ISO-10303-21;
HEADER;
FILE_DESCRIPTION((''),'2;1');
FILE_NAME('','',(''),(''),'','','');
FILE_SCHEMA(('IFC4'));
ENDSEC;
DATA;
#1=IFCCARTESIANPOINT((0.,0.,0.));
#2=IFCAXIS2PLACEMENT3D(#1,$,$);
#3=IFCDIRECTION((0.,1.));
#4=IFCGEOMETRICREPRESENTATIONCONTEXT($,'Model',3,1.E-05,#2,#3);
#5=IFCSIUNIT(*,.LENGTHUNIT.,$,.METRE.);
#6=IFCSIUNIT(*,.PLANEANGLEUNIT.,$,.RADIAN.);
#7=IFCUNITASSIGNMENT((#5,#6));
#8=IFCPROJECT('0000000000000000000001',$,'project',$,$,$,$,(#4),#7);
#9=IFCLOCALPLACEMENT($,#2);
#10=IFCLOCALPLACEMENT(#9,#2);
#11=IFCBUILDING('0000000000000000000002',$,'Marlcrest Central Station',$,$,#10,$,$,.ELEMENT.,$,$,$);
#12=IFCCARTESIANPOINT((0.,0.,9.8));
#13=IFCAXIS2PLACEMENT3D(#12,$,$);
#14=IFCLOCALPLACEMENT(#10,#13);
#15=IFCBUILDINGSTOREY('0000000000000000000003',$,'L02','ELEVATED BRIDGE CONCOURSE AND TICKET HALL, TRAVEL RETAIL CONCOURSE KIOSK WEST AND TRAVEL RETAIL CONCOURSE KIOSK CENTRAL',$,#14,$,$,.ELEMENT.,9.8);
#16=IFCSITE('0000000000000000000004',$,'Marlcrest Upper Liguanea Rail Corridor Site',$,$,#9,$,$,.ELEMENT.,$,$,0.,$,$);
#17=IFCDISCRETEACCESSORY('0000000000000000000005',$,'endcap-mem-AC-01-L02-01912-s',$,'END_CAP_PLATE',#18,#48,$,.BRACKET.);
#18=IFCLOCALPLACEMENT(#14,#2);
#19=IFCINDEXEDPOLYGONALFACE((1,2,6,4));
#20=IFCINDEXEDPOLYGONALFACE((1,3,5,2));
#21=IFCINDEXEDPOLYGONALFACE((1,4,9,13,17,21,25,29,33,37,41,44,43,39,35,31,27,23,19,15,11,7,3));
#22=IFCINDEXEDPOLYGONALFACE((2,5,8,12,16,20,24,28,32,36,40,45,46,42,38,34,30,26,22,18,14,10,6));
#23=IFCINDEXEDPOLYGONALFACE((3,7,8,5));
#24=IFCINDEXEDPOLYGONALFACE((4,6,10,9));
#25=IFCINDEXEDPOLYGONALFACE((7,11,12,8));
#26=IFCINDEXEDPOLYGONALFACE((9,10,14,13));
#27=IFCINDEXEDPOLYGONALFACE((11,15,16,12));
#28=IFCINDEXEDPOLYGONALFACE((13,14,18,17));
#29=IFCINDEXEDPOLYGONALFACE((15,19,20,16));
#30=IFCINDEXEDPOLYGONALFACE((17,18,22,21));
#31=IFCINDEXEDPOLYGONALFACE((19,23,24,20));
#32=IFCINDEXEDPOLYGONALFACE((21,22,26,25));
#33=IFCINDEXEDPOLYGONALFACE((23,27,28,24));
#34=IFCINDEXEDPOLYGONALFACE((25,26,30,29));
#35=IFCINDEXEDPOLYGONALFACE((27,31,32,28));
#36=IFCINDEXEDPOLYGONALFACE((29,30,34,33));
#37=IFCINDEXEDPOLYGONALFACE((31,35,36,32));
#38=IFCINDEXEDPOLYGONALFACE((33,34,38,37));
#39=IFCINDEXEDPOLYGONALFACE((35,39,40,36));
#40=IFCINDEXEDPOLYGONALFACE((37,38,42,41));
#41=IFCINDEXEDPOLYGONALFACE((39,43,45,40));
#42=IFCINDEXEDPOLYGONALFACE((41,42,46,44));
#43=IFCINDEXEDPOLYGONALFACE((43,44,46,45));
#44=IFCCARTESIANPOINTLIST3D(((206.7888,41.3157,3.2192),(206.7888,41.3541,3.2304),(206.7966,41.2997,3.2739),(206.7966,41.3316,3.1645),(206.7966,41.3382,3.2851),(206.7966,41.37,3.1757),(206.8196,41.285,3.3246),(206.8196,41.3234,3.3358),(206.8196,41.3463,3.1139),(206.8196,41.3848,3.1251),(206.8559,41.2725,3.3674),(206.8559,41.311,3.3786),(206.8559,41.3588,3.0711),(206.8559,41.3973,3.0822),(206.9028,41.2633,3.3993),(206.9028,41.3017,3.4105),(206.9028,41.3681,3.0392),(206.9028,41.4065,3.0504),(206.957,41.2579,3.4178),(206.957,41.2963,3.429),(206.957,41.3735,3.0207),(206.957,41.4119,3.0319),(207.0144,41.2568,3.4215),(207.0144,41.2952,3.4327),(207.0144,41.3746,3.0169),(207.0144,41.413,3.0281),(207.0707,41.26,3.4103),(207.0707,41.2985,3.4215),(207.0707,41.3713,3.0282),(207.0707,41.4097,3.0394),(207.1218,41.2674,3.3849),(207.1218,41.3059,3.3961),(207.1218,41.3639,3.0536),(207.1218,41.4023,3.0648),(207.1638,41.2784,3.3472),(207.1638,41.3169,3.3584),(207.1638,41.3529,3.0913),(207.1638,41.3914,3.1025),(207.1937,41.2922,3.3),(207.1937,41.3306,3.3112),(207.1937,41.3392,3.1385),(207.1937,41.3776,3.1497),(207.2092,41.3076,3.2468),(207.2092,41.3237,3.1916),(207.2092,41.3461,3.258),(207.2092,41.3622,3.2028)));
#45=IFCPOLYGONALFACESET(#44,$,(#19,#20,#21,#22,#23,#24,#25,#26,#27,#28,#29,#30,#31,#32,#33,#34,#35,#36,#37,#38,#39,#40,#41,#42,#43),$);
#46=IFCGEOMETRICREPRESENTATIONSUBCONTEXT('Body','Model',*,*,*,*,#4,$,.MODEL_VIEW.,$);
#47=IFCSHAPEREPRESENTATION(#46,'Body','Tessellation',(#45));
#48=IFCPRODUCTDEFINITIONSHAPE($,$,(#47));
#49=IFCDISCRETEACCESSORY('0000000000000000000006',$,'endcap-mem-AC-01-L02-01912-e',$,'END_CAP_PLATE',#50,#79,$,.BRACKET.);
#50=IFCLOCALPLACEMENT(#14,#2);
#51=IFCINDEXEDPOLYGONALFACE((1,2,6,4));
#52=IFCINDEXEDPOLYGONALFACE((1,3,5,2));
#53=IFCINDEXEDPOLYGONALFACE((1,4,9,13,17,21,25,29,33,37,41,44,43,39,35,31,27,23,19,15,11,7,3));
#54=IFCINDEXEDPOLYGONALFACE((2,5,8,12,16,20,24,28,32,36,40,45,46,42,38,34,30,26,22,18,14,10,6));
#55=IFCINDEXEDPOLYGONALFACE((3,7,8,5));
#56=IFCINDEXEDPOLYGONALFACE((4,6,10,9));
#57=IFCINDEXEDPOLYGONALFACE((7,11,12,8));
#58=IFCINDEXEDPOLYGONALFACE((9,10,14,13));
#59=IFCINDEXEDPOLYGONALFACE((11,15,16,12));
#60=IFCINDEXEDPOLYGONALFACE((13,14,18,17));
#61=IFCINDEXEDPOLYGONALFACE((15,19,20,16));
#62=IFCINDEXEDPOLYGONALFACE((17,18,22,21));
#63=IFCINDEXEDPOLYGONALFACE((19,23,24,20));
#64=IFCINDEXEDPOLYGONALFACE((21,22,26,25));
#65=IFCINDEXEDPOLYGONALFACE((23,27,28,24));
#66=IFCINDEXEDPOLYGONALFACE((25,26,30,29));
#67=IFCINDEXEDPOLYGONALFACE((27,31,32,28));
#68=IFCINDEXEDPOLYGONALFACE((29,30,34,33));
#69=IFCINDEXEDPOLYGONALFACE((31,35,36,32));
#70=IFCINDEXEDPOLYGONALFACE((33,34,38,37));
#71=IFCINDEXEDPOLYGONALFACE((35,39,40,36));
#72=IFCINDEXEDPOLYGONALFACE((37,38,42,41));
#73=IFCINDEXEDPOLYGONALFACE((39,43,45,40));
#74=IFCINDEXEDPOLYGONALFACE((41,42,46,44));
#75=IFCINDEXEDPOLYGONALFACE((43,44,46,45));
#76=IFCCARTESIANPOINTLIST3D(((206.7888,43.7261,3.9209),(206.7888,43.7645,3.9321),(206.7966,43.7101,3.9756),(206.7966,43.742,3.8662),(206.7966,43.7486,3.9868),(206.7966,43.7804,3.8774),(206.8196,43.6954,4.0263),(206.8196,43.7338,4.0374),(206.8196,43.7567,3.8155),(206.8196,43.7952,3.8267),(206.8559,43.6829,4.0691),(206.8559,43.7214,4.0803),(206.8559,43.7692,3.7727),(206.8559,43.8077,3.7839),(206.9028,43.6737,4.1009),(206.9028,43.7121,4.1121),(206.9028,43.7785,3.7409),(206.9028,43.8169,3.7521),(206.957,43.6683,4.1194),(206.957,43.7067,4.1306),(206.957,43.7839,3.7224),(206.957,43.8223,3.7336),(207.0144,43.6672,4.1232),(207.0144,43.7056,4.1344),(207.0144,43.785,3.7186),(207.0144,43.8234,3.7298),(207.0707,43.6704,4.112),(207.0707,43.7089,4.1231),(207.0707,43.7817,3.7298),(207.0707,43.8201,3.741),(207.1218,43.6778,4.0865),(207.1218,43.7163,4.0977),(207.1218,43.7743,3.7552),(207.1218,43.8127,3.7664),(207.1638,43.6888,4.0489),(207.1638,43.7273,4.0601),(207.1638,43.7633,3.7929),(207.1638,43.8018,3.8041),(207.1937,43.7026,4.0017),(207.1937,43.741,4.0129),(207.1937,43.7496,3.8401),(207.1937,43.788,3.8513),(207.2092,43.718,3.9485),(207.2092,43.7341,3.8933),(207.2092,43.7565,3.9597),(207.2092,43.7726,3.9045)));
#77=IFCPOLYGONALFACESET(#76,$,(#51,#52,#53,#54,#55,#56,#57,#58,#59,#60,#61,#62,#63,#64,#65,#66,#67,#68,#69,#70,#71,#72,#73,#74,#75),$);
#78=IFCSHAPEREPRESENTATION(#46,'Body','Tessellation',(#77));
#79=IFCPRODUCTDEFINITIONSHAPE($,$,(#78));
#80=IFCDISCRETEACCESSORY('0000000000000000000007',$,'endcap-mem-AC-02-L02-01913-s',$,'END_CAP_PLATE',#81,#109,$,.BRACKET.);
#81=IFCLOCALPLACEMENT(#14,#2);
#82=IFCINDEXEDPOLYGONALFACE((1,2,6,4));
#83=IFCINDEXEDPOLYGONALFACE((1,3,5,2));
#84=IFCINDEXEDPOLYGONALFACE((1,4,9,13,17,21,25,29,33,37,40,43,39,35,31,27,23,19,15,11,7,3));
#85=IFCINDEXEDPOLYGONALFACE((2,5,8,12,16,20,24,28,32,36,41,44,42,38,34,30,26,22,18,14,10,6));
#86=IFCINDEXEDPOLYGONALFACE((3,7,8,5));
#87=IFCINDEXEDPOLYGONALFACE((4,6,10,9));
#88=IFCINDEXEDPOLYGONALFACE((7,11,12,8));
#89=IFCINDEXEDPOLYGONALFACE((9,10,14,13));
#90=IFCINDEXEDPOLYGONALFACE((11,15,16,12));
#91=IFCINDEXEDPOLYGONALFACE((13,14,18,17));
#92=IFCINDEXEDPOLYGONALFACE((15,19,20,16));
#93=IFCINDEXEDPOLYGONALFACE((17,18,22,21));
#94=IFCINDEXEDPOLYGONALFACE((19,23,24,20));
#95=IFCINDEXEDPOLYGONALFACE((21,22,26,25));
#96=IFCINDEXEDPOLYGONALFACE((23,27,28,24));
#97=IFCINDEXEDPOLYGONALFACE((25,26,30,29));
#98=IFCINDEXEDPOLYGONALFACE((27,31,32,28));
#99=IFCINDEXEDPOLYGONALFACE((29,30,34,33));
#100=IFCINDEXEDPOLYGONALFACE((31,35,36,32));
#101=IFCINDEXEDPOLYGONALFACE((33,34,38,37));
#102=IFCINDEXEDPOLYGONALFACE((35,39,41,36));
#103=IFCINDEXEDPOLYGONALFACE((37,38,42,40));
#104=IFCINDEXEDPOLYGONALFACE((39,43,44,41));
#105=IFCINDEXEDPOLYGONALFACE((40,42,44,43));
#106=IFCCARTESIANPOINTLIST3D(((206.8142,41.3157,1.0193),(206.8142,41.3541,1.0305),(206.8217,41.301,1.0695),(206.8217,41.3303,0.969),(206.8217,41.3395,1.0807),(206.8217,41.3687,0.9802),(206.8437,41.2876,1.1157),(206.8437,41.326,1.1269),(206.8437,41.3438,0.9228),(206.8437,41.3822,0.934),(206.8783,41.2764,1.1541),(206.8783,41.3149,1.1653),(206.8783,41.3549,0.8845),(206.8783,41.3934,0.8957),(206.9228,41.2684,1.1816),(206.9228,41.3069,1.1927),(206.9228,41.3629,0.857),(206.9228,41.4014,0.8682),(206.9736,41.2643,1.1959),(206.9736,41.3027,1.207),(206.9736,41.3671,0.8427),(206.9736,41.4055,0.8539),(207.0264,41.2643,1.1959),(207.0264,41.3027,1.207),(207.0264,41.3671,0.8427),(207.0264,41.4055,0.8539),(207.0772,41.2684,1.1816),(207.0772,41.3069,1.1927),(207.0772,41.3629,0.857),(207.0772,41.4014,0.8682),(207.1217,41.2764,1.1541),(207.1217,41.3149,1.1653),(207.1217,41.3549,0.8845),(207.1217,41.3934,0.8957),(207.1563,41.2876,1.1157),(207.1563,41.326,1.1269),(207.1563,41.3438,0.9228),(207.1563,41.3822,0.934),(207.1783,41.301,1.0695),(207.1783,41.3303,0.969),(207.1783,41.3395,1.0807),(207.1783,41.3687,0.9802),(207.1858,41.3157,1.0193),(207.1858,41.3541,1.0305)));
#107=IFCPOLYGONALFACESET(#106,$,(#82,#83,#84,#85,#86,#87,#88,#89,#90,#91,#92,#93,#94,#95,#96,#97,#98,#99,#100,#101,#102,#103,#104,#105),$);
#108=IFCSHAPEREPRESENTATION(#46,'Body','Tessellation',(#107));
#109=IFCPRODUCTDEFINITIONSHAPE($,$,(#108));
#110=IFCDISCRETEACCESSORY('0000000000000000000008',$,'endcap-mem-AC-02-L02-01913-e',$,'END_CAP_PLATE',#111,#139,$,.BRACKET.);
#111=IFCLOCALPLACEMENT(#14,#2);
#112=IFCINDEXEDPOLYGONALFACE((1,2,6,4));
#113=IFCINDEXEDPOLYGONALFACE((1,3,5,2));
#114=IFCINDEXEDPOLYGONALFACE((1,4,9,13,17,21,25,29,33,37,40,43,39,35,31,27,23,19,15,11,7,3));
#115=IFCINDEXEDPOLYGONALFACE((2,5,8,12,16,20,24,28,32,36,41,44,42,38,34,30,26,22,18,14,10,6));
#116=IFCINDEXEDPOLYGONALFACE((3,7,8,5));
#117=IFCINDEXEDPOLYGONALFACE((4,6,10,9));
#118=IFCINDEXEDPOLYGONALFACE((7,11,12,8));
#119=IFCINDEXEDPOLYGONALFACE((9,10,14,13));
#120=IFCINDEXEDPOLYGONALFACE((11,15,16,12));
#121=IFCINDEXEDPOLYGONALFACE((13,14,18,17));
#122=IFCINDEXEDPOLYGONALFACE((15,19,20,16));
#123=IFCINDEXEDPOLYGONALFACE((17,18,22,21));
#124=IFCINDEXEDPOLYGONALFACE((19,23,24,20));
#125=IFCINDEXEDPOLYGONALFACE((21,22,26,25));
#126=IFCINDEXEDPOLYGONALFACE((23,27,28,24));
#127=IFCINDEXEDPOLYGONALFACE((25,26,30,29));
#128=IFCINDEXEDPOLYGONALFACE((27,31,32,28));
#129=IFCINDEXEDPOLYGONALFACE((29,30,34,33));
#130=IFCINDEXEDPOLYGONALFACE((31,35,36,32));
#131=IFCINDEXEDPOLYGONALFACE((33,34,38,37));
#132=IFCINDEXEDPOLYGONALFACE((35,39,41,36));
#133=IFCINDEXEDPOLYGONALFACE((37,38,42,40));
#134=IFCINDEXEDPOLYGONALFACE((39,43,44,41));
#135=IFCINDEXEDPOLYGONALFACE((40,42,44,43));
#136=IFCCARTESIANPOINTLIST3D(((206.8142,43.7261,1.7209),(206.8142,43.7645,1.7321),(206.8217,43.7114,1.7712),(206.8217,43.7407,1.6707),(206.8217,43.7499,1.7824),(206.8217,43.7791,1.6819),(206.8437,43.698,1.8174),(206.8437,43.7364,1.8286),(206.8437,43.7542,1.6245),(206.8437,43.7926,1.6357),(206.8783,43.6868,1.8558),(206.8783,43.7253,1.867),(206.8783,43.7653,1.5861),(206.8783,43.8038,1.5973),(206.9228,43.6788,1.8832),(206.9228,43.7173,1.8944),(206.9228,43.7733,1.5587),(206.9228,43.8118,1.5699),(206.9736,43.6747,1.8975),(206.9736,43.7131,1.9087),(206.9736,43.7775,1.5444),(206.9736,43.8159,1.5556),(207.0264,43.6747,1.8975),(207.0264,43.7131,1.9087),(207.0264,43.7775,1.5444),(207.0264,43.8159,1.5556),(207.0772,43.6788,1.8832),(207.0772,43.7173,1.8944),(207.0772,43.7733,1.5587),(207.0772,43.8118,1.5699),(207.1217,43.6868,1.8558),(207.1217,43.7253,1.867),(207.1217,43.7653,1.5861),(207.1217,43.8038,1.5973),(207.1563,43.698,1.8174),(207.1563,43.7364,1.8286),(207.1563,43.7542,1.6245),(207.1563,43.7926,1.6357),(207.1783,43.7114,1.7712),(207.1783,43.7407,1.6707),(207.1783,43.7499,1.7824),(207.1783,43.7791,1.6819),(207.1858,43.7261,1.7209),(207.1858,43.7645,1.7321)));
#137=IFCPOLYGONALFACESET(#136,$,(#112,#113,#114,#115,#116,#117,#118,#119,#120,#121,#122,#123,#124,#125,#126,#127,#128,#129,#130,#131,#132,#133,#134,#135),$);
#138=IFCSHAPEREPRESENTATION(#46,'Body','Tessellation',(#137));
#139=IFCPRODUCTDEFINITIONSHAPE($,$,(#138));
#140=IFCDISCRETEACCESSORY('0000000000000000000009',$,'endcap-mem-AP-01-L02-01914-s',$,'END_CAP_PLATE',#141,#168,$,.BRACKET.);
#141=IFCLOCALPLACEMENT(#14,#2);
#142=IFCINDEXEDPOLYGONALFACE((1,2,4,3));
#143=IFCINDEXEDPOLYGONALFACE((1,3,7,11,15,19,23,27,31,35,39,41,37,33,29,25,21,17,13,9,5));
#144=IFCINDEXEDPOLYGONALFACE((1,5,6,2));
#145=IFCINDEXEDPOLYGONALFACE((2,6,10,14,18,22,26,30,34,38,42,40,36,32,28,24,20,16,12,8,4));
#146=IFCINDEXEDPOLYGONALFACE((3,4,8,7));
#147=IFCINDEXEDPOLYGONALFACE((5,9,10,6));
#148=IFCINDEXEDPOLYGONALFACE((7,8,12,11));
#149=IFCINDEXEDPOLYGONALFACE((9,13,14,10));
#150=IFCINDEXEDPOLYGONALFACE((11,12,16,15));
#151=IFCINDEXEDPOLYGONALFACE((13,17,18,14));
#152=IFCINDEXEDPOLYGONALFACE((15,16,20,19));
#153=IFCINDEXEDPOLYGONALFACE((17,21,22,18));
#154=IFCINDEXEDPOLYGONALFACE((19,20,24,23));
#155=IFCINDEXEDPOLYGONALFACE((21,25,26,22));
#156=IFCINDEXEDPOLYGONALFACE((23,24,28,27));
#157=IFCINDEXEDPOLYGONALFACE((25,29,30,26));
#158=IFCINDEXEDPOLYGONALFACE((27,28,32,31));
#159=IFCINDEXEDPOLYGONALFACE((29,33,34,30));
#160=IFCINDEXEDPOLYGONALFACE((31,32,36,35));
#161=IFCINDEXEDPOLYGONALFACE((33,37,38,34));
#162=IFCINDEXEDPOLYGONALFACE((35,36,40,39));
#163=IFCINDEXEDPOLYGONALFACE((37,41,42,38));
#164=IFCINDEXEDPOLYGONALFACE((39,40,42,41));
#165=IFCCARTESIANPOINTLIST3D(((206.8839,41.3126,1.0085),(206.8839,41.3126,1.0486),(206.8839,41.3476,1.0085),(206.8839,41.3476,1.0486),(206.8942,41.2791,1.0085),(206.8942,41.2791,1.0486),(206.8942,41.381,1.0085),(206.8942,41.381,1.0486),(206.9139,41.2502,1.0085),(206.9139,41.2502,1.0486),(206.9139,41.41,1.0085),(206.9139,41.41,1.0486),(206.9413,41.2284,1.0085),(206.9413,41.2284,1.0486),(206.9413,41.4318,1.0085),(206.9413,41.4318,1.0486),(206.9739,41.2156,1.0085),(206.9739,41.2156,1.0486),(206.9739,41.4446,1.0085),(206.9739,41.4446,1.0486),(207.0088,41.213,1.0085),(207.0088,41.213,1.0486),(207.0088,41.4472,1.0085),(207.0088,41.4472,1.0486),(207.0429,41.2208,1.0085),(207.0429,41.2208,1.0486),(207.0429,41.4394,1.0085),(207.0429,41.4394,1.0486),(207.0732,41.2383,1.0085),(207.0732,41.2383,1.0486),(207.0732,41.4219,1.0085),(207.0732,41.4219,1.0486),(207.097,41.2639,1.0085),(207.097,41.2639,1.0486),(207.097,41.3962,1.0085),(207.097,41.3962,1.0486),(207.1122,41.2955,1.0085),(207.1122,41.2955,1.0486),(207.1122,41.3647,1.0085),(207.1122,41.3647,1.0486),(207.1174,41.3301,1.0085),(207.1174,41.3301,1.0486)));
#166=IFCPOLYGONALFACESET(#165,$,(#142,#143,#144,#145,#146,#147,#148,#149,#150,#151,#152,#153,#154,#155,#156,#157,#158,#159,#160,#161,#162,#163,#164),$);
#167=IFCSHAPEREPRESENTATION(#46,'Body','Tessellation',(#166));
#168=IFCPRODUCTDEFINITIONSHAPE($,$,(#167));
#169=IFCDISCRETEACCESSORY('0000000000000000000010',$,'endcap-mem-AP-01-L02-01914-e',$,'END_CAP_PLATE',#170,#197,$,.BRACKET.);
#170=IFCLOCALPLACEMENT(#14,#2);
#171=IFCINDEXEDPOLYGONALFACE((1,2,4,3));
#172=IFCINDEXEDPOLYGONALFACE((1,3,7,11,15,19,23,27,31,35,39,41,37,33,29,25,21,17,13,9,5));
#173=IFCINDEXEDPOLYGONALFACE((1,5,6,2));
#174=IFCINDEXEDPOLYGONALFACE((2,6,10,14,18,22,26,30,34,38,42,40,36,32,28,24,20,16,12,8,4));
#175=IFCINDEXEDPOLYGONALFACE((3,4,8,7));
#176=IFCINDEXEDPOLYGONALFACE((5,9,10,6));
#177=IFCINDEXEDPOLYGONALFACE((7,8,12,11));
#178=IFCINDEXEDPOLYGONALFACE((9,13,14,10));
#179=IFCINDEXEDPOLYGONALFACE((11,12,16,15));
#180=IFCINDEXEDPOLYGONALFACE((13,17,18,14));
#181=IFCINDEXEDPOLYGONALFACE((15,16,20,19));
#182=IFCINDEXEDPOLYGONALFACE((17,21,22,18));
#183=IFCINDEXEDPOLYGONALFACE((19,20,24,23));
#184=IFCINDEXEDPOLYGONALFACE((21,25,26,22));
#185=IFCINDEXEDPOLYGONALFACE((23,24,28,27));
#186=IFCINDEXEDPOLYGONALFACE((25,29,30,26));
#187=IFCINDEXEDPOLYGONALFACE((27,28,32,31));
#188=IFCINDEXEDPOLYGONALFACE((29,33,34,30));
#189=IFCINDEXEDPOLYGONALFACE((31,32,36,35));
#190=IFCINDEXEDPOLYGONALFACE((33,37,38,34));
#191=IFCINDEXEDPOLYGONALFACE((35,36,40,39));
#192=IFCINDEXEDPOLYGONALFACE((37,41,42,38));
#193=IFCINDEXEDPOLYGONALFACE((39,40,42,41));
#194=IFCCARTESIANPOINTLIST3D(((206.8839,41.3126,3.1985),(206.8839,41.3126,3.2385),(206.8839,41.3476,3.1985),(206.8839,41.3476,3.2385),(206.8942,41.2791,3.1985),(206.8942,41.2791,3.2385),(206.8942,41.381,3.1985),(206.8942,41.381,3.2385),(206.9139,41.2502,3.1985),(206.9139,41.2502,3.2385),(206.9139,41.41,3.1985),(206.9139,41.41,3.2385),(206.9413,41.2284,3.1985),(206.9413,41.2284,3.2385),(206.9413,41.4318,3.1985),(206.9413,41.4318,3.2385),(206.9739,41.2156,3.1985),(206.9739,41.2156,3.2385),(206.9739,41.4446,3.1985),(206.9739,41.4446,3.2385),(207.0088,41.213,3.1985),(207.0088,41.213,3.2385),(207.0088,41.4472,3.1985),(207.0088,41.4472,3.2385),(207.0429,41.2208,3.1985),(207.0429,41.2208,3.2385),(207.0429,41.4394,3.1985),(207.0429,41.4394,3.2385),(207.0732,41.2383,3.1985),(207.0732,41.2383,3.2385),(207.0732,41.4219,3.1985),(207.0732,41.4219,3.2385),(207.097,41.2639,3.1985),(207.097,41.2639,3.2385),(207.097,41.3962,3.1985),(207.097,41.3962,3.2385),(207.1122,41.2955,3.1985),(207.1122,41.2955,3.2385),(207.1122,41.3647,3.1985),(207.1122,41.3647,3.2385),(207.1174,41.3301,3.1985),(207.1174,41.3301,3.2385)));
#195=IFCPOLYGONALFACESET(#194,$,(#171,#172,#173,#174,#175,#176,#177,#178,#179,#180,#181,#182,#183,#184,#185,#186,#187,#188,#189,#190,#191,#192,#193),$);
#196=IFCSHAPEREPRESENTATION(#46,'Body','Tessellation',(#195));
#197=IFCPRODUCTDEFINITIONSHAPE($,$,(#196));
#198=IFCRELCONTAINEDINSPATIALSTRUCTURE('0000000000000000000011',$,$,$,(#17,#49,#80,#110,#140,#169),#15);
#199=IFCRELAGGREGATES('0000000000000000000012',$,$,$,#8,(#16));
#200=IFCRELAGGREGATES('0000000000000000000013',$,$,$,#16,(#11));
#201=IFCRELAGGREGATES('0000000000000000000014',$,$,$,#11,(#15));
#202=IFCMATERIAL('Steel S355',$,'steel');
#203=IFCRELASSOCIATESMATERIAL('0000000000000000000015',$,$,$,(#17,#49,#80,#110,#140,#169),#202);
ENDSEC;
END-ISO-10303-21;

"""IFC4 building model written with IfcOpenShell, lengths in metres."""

from ifc_helpers import new_model, si_unit, direction, frame, origin, origin_2d, place, context, subcontext, project, spatial, circle, extrude, material, element, save


model = new_model("IFC4")

# Units and contexts
model_context = context("Model", 3, precision=1e-05, world=origin(), true_north=direction((0.0, 1.0)))
body_context = subcontext(model_context, "Body", "Model", "MODEL_VIEW")
ifc_project = project(units=[si_unit("LENGTHUNIT", "METRE"), si_unit("PLANEANGLEUNIT", "RADIAN")], contexts=[model_context])

# Site, building, storey
site_placement = place(None, origin())
site = spatial("IfcSite", under=ifc_project, at=site_placement, Name="Marlcrest Upper Liguanea Rail Corridor Site", CompositionType="ELEMENT", RefElevation=0.0)
building_placement = place(site_placement, origin())
building = spatial("IfcBuilding", under=site, at=building_placement, Name="Marlcrest Central Station", CompositionType="ELEMENT")
storey_placement = place(building_placement, frame((0.0, 0.0, 9.8)))
storey = spatial("IfcBuildingStorey", under=building, at=storey_placement, Name="L02", Description="ELEVATED BRIDGE CONCOURSE AND TICKET HALL, TRAVEL RETAIL CONCOURSE KIOSK WEST AND TRAVEL RETAIL CONCOURSE KIOSK CENTRAL", CompositionType="ELEMENT", Elevation=9.8)

# Shared definitions
ifc_material_1 = material(Name="Steel S355", Category="steel")

# Discrete accessories
for number, where, z_axis, x_axis, name in (
    (1, (207.0, 41.3157, 3.2192), (0.0, 0.96013, 0.279554), (-1.0, 0.0, 0.0), "endcap-mem-AC-01-L02-01912-s"),
    (2, (207.0, 43.7261, 3.9209), (0.0, 0.96013, 0.279554), (-1.0, 0.0, 0.0), "endcap-mem-AC-01-L02-01912-e"),
):
    element("IfcDiscreteAccessory", number, at=place(storey_placement, frame(where, z_axis=z_axis, x_axis=x_axis)), inside=storey, material=ifc_material_1, Name=name, ObjectType="END_CAP_PLATE", PredefinedType="BRACKET", context=body_context, shape_type="SweptSolid", body=[
        extrude(circle(Radius=0.2112, at=origin_2d()), origin(), (0.0, 0.0, 1.0), 0.04),
    ])
for number, where, z_axis, x_axis, name in (
    (3, (207.0, 41.3157, 1.0193), (0.0, 0.96013, 0.279554), (-1.0, 0.0, 0.0), "endcap-mem-AC-02-L02-01913-s"),
    (4, (207.0, 43.7261, 1.7209), (0.0, 0.96013, 0.279554), (-1.0, 0.0, 0.0), "endcap-mem-AC-02-L02-01913-e"),
):
    element("IfcDiscreteAccessory", number, at=place(storey_placement, frame(where, z_axis=z_axis, x_axis=x_axis)), inside=storey, material=ifc_material_1, Name=name, ObjectType="END_CAP_PLATE", PredefinedType="BRACKET", context=body_context, shape_type="SweptSolid", body=[
        extrude(circle(Radius=0.1858, at=origin_2d()), origin(), (0.0, 0.0, 1.0), 0.04),
    ])
for number, where, z_axis, x_axis, name in (
    (5, (207.0, 41.3301, 1.0085), (0.0, 0.0, 1.0), (1.0, 0.0, 0.0), "endcap-mem-AP-01-L02-01914-s"),
    (6, (207.0, 41.3301, 3.1985), (0.0, 0.0, 1.0), (1.0, 0.0, 0.0), "endcap-mem-AP-01-L02-01914-e"),
):
    element("IfcDiscreteAccessory", number, at=place(storey_placement, frame(where, z_axis=z_axis, x_axis=x_axis)), inside=storey, material=ifc_material_1, Name=name, ObjectType="END_CAP_PLATE", PredefinedType="BRACKET", context=body_context, shape_type="SweptSolid", body=[
        extrude(circle(Radius=0.1174, at=origin_2d()), origin(), (0.0, 0.0, 1.0), 0.04),
    ])

save(model, "model.ifc")
